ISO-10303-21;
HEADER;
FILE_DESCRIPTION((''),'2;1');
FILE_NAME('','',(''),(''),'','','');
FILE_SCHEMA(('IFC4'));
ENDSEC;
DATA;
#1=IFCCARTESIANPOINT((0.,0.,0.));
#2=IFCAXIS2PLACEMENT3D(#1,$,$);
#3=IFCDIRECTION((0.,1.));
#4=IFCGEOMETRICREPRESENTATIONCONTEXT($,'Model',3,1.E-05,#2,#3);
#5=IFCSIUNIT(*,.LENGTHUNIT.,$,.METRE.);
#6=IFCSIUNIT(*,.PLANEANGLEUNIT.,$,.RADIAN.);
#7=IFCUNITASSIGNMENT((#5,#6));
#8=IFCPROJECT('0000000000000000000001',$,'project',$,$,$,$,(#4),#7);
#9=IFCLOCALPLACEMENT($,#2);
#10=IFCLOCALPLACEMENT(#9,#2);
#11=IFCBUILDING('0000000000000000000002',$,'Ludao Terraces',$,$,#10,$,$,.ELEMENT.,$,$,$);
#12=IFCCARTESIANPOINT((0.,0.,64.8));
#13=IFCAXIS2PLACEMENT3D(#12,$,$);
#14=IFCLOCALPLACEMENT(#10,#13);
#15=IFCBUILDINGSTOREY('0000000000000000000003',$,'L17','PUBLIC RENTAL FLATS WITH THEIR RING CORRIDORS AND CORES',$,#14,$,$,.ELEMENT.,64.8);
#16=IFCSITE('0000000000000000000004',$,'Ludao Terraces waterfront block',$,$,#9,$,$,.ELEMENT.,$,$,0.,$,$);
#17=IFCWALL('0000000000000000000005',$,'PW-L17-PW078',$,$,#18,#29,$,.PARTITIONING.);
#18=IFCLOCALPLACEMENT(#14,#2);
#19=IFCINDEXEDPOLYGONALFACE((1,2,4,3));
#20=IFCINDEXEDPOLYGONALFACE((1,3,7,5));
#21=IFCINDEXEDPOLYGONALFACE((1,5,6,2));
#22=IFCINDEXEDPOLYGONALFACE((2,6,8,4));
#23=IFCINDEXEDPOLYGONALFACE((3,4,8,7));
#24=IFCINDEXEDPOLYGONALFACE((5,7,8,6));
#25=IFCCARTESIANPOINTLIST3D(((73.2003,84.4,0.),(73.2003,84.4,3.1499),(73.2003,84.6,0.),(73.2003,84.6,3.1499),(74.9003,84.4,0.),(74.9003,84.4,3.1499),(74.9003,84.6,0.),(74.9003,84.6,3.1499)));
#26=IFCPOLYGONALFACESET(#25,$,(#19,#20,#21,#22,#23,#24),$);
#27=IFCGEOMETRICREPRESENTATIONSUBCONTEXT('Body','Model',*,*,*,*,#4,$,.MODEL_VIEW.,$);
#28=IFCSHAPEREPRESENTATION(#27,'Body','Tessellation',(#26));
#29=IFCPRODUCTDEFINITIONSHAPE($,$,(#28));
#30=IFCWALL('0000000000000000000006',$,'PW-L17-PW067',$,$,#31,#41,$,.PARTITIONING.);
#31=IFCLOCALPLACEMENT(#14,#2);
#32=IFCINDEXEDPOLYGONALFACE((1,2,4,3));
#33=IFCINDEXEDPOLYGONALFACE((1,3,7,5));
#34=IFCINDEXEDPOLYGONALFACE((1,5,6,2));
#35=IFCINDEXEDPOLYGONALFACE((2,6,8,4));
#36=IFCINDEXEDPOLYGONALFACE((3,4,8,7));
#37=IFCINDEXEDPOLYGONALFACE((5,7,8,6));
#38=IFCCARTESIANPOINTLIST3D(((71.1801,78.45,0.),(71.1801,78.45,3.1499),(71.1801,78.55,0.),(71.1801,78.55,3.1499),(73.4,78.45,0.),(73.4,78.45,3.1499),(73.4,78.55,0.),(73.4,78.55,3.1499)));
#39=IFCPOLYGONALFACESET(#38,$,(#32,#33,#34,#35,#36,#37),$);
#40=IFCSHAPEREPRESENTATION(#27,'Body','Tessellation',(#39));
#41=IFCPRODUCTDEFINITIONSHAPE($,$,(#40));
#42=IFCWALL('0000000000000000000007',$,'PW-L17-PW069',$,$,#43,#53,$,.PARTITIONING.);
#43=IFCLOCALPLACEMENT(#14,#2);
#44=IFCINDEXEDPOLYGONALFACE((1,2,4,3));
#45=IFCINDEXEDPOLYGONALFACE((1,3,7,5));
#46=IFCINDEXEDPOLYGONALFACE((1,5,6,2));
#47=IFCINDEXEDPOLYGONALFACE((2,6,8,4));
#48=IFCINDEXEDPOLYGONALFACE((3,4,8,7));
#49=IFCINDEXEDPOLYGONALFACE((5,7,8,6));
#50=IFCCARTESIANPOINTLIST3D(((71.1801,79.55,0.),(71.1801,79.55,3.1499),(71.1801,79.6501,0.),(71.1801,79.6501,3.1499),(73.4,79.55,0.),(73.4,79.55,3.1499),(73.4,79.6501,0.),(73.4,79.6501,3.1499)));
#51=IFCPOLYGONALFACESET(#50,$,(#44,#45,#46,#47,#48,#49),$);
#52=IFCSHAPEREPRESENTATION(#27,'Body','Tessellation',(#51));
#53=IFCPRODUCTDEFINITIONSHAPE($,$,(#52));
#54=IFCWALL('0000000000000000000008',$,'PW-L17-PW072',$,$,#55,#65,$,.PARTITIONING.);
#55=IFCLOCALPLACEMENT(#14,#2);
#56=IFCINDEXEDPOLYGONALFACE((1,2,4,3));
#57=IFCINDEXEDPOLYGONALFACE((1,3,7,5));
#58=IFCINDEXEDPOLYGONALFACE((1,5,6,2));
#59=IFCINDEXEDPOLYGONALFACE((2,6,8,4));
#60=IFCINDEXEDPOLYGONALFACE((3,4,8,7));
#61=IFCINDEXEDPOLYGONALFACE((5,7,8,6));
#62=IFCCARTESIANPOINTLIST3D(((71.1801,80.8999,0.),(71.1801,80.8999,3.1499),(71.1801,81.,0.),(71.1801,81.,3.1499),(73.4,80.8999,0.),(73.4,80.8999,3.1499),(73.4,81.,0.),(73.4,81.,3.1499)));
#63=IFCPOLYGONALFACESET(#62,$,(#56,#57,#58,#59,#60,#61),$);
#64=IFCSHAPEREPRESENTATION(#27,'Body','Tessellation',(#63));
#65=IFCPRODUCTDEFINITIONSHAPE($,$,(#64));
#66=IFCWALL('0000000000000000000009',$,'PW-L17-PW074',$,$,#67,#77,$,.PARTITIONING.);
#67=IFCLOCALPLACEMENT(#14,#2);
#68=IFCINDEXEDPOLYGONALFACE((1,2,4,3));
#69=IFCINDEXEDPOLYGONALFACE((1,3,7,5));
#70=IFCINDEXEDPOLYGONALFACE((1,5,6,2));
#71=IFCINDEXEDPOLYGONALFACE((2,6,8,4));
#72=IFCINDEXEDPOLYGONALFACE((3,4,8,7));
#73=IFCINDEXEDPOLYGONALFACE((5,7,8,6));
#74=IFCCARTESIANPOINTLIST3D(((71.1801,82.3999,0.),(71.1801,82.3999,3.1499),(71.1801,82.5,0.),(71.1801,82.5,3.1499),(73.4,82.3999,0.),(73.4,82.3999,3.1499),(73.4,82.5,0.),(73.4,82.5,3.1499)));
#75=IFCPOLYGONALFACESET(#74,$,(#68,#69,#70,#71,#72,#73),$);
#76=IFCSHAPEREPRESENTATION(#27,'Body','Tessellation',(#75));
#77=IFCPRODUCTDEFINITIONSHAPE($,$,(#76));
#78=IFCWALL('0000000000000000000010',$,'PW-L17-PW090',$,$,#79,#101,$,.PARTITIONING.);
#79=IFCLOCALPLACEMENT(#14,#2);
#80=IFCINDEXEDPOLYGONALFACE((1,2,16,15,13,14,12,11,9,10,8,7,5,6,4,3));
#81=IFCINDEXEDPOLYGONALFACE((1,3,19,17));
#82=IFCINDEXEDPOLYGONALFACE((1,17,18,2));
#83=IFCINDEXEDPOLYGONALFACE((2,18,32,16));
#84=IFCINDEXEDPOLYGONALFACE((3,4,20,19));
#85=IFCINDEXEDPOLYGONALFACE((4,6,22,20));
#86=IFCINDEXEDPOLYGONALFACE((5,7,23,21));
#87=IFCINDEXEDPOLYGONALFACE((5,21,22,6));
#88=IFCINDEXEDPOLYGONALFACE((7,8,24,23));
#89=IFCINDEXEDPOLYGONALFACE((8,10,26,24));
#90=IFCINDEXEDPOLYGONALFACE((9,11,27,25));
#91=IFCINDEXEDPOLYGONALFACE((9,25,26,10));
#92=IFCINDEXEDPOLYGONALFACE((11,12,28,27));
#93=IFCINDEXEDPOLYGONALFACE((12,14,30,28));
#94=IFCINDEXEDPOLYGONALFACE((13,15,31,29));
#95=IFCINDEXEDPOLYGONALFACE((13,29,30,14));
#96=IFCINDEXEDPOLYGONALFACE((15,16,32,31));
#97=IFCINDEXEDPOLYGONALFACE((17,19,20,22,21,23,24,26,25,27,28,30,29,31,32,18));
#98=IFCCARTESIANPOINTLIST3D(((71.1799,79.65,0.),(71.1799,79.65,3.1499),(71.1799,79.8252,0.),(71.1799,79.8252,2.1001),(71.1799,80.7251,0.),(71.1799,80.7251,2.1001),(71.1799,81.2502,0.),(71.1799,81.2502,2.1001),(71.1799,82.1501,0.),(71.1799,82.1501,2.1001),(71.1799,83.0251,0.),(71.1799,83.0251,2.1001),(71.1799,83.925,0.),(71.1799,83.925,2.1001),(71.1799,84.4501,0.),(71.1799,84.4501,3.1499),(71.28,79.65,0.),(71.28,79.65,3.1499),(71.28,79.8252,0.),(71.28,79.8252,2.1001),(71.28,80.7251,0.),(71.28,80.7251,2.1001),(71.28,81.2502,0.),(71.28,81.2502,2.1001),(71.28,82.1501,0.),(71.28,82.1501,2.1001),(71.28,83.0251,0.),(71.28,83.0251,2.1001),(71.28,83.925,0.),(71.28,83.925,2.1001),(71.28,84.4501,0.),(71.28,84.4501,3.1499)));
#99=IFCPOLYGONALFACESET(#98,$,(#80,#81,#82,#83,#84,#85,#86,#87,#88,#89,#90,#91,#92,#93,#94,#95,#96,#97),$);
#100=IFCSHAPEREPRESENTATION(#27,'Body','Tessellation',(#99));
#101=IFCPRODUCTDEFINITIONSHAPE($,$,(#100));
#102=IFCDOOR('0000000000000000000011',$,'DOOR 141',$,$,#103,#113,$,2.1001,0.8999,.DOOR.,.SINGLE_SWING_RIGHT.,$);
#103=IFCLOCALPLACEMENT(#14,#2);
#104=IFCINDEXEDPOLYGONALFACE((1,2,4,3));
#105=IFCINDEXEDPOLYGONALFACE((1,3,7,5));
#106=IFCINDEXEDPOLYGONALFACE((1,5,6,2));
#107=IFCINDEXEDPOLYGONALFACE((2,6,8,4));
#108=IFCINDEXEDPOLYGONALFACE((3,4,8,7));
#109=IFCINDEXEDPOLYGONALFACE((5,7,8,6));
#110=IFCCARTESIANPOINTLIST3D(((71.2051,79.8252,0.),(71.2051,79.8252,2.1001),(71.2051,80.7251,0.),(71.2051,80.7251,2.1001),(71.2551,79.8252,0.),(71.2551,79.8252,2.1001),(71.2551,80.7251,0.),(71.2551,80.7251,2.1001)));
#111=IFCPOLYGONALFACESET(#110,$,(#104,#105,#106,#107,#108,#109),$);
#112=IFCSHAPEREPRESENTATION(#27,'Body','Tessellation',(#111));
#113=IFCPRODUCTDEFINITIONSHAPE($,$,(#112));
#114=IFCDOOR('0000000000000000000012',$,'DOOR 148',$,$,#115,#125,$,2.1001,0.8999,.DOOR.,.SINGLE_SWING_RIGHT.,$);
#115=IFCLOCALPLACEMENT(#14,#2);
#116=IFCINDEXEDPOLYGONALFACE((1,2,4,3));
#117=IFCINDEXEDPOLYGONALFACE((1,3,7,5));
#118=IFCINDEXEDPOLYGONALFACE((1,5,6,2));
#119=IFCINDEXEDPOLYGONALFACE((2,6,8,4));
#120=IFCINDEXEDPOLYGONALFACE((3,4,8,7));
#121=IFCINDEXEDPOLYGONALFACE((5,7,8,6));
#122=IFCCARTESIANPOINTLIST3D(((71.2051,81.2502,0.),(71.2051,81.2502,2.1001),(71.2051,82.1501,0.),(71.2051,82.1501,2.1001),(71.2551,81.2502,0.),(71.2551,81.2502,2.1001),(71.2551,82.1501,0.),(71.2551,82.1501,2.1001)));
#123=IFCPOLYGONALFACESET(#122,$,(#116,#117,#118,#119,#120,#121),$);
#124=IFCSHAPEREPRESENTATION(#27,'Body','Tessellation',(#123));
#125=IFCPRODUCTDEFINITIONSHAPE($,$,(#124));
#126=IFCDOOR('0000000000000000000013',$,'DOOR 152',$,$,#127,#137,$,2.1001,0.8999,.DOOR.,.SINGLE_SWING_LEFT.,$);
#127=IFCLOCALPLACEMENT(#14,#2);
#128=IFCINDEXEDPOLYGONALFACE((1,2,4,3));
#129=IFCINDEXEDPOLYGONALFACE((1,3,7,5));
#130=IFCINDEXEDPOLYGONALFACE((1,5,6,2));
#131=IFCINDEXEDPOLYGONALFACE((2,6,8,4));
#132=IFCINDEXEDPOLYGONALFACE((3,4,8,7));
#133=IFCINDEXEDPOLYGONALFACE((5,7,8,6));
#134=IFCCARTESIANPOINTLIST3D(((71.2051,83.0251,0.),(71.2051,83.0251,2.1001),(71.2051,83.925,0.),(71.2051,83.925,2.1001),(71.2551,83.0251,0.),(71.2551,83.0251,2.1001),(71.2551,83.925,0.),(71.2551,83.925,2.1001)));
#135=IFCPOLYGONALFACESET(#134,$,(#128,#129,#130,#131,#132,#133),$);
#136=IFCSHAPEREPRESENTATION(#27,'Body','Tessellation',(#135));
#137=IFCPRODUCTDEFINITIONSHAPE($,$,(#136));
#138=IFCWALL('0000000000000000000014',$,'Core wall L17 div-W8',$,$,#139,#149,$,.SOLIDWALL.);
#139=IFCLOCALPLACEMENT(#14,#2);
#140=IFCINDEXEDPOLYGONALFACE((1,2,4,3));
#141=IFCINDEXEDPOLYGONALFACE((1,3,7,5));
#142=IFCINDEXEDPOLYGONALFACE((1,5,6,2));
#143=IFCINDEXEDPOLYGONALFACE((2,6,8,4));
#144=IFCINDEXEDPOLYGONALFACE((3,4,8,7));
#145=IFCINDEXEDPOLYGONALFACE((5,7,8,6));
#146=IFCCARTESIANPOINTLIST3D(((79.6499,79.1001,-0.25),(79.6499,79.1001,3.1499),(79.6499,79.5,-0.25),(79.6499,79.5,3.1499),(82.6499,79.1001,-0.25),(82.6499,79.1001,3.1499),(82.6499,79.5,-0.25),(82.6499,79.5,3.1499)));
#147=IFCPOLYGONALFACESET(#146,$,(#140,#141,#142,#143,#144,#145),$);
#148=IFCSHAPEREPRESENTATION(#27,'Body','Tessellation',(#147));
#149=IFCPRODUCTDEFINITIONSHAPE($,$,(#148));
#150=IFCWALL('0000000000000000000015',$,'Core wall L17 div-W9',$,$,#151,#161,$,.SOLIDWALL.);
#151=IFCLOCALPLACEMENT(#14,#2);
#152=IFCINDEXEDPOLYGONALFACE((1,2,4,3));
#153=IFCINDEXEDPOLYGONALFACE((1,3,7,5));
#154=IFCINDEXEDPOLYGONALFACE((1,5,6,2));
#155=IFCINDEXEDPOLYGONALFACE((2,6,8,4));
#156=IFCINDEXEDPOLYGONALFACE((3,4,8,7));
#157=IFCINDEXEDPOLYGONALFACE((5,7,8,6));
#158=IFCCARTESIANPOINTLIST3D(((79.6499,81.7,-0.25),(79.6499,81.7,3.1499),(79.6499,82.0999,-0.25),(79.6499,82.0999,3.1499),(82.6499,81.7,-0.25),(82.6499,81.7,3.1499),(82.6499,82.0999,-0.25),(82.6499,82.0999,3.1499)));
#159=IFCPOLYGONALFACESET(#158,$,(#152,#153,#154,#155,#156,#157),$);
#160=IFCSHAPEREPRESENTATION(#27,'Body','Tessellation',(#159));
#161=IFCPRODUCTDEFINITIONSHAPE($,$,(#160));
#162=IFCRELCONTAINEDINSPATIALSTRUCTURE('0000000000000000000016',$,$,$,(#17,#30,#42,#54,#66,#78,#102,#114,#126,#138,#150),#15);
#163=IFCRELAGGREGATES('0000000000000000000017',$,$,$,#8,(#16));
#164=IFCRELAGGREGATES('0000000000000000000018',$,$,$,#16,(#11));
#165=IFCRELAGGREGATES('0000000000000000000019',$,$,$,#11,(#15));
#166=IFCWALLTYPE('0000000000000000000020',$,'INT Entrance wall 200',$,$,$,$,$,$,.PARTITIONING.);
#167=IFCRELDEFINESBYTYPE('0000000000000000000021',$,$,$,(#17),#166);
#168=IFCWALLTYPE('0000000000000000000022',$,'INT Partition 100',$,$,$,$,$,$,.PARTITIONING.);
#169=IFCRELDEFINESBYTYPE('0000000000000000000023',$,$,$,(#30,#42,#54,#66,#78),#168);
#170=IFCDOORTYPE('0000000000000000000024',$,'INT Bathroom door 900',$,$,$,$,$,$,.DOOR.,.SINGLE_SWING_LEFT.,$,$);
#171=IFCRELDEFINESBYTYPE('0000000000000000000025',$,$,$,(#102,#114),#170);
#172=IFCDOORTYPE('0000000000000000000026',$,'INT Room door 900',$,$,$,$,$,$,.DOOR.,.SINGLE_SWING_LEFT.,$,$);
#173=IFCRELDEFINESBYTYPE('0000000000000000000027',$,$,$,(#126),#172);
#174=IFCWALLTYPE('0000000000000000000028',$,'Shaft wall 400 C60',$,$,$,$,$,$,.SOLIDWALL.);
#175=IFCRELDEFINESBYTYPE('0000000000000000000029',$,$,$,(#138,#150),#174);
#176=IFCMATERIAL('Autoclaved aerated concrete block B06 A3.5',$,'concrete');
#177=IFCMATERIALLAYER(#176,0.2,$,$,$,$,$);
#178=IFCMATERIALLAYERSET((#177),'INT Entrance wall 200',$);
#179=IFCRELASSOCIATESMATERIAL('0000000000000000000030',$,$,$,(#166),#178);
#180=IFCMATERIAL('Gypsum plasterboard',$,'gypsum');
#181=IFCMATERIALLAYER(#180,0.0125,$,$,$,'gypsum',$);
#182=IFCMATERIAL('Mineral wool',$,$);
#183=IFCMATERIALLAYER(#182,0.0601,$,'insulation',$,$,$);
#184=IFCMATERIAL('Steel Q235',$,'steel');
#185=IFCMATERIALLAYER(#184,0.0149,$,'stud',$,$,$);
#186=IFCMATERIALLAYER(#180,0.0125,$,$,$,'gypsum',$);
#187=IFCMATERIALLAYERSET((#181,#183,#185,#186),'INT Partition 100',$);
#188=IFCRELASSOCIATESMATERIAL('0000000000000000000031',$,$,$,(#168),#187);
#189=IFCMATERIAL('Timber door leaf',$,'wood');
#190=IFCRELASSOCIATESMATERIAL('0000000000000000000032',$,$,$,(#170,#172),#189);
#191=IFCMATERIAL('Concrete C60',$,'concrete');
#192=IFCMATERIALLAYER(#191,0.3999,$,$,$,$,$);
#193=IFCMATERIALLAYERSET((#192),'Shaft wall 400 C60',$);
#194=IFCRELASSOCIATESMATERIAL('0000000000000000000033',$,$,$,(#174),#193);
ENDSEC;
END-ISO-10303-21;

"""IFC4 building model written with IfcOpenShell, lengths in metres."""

from ifc_helpers import new_model, si_unit, direction, frame, frame_2d, origin, place, context, subcontext, project, spatial, rectangle, extrude, material, layer, layer_set, type_object, element, fill, save


model = new_model("IFC4")

# Units and contexts
model_context = context("Model", 3, precision=1e-05, world=origin(), true_north=direction((0.0, 1.0)))
body_context = subcontext(model_context, "Body", "Model", "MODEL_VIEW")
ifc_project = project(units=[si_unit("LENGTHUNIT", "METRE"), si_unit("PLANEANGLEUNIT", "RADIAN")], contexts=[model_context])

# Site, building, storey
site_placement = place(None, origin())
site = spatial("IfcSite", under=ifc_project, at=site_placement, Name="Ludao Terraces waterfront block", CompositionType="ELEMENT", RefElevation=0.0)
building_placement = place(site_placement, origin())
building = spatial("IfcBuilding", under=site, at=building_placement, Name="Ludao Terraces", CompositionType="ELEMENT")
storey_placement = place(building_placement, frame((0.0, 0.0, 64.8)))
storey = spatial("IfcBuildingStorey", under=building, at=storey_placement, Name="L17", Description="PUBLIC RENTAL FLATS WITH THEIR RING CORRIDORS AND CORES", CompositionType="ELEMENT", Elevation=64.8)

# Walls
ifc_material_1 = material(Name="Autoclaved aerated concrete block B06 A3.5", Category="concrete")
ifc_layer_1 = layer(ifc_material_1, 0.2)
ifc_layer_set_1 = layer_set([ifc_layer_1], Name="INT Entrance wall 200")
wall_type_1 = type_object("IfcWallType", Name="INT Entrance wall 200", PredefinedType="PARTITIONING", material=ifc_layer_set_1)
wall_1_placement = place(storey_placement, frame((73.2002, 84.5, 0.0), z_axis=(0.0, 0.0, 1.0), x_axis=(1.0, 0.0, 0.0)))
element("IfcWall", 1, at=wall_1_placement, inside=storey, type_object=wall_type_1, Name="PW-L17-PW078", PredefinedType="PARTITIONING", context=body_context, shape_type="SweptSolid", body=[
    extrude(rectangle(XDim=1.7, YDim=0.2, at=frame_2d((0.8501, 0.0))), origin(), (0.0, 0.0, 1.0), 3.1499),
])
ifc_material_2 = material(Name="Gypsum plasterboard", Category="gypsum")
ifc_layer_2 = layer(ifc_material_2, 0.0125, Category="gypsum")
ifc_material_3 = material(Name="Mineral wool")
ifc_layer_3 = layer(ifc_material_3, 0.0601, Name="insulation")
ifc_material_4 = material(Name="Steel Q235", Category="steel")
ifc_layer_4 = layer(ifc_material_4, 0.0149, Name="stud")
ifc_layer_5 = layer(ifc_material_2, 0.0125, Category="gypsum")
ifc_layer_set_2 = layer_set([ifc_layer_2, ifc_layer_3, ifc_layer_4, ifc_layer_5], Name="INT Partition 100")
wall_type_2 = type_object("IfcWallType", Name="INT Partition 100", PredefinedType="PARTITIONING", material=ifc_layer_set_2)
for number, where, z_axis, x_axis, name in (
    (2, (71.1802, 78.5, 0.0), (0.0, 0.0, 1.0), (1.0, 0.0, 0.0), "PW-L17-PW067"),
    (3, (71.1802, 79.6001, 0.0), (0.0, 0.0, 1.0), (1.0, 0.0, 0.0), "PW-L17-PW069"),
    (4, (71.1802, 80.95, 0.0), (0.0, 0.0, 1.0), (1.0, 0.0, 0.0), "PW-L17-PW072"),
    (5, (71.1802, 82.45, 0.0), (0.0, 0.0, 1.0), (1.0, 0.0, 0.0), "PW-L17-PW074"),
):
    element("IfcWall", number, at=place(storey_placement, frame(where, z_axis=z_axis, x_axis=x_axis)), inside=storey, type_object=wall_type_2, Name=name, PredefinedType="PARTITIONING", context=body_context, shape_type="SweptSolid", body=[
        extrude(rectangle(XDim=2.22, YDim=0.1001, at=frame_2d((1.1099, 0.0))), origin(), (0.0, 0.0, 1.0), 3.1499),
    ])

# Wall, openings, doors
wall_2_placement = place(storey_placement, frame((71.23, 79.6501, 0.0), z_axis=(0.0, 0.0, 1.0), x_axis=(0.0, 1.0, 0.0)))
wall_2 = element("IfcWall", 6, at=wall_2_placement, inside=storey, type_object=wall_type_2, Name="PW-L17-PW090", PredefinedType="PARTITIONING", context=body_context, shape_type="SweptSolid", body=[
    extrude(rectangle(XDim=4.8, YDim=0.1001, at=frame_2d((2.3999, 0.0))), origin(), (0.0, 0.0, 1.0), 3.1499),
])
opening_1_placement = place(wall_2_placement, frame((0.175, 0.0, 0.0)))
opening_1 = element("IfcOpeningElement", 7, at=opening_1_placement, cuts=wall_2, PredefinedType="OPENING", context=body_context, shape_type="SweptSolid", body=[
    extrude(rectangle(XDim=0.8999, YDim=2.1001, at=frame_2d((0.45, 1.05))), frame((0.0, 0.0601, 0.0), z_axis=(0.0, -1.0, 0.0), x_axis=(1.0, 0.0, 0.0)), (0.0, 0.0, 1.0), 0.1201),
])
opening_2_placement = place(wall_2_placement, frame((1.6001, 0.0, 0.0)))
opening_2 = element("IfcOpeningElement", 8, at=opening_2_placement, cuts=wall_2, PredefinedType="OPENING", context=body_context, shape_type="SweptSolid", body=[
    extrude(rectangle(XDim=0.8999, YDim=2.1001, at=frame_2d((0.45, 1.05))), frame((0.0, 0.0601, 0.0), z_axis=(0.0, -1.0, 0.0), x_axis=(1.0, 0.0, 0.0)), (0.0, 0.0, 1.0), 0.1201),
])
opening_3_placement = place(wall_2_placement, frame((3.375, 0.0, 0.0)))
opening_3 = element("IfcOpeningElement", 9, at=opening_3_placement, cuts=wall_2, PredefinedType="OPENING", context=body_context, shape_type="SweptSolid", body=[
    extrude(rectangle(XDim=0.8999, YDim=2.1001, at=frame_2d((0.45, 1.05))), frame((0.0, 0.0601, 0.0), z_axis=(0.0, -1.0, 0.0), x_axis=(1.0, 0.0, 0.0)), (0.0, 0.0, 1.0), 0.1201),
])
ifc_material_5 = material(Name="Timber door leaf", Category="wood")
door_type_1 = type_object("IfcDoorType", Name="INT Bathroom door 900", OperationType="SINGLE_SWING_LEFT", PredefinedType="DOOR", material=ifc_material_5)
door_1_placement = place(opening_1_placement, origin())
door_1 = element("IfcDoor", 10, at=door_1_placement, inside=storey, type_object=door_type_1, Name="DOOR 141", OperationType="SINGLE_SWING_RIGHT", OverallHeight=2.1001, OverallWidth=0.8999, PredefinedType="DOOR", context=body_context, shape_type="SweptSolid", body=[
    extrude(rectangle(XDim=0.8999, YDim=2.1001, at=frame_2d((0.45, 1.05))), frame((0.0, 0.0249, 0.0), z_axis=(0.0, -1.0, 0.0), x_axis=(1.0, 0.0, 0.0)), (0.0, 0.0, 1.0), 0.05),
])
fill(opening_1, door_1)
door_2_placement = place(opening_2_placement, origin())
door_2 = element("IfcDoor", 11, at=door_2_placement, inside=storey, type_object=door_type_1, Name="DOOR 148", OperationType="SINGLE_SWING_RIGHT", OverallHeight=2.1001, OverallWidth=0.8999, PredefinedType="DOOR", context=body_context, shape_type="SweptSolid", body=[
    extrude(rectangle(XDim=0.8999, YDim=2.1001, at=frame_2d((0.45, 1.05))), frame((0.0, 0.0249, 0.0), z_axis=(0.0, -1.0, 0.0), x_axis=(1.0, 0.0, 0.0)), (0.0, 0.0, 1.0), 0.05),
])
fill(opening_2, door_2)
door_type_2 = type_object("IfcDoorType", Name="INT Room door 900", OperationType="SINGLE_SWING_LEFT", PredefinedType="DOOR", material=ifc_material_5)
door_3_placement = place(opening_3_placement, origin())
door_3 = element("IfcDoor", 12, at=door_3_placement, inside=storey, type_object=door_type_2, Name="DOOR 152", OperationType="SINGLE_SWING_LEFT", OverallHeight=2.1001, OverallWidth=0.8999, PredefinedType="DOOR", context=body_context, shape_type="SweptSolid", body=[
    extrude(rectangle(XDim=0.8999, YDim=2.1001, at=frame_2d((0.45, 1.05))), frame((0.0, 0.0249, 0.0), z_axis=(0.0, -1.0, 0.0), x_axis=(1.0, 0.0, 0.0)), (0.0, 0.0, 1.0), 0.05),
])
fill(opening_3, door_3)

# Walls
ifc_material_6 = material(Name="Concrete C60", Category="concrete")
ifc_layer_6 = layer(ifc_material_6, 0.3999)
ifc_layer_set_3 = layer_set([ifc_layer_6], Name="Shaft wall 400 C60")
wall_type_3 = type_object("IfcWallType", Name="Shaft wall 400 C60", PredefinedType="SOLIDWALL", material=ifc_layer_set_3)
for number, where, z_axis, x_axis, name in (
    (13, (79.6499, 79.3, -0.25), (0.0, 0.0, 1.0), (1.0, 0.0, 0.0), "Core wall L17 div-W8"),
    (14, (79.6499, 81.8999, -0.25), (0.0, 0.0, 1.0), (1.0, 0.0, 0.0), "Core wall L17 div-W9"),
):
    element("IfcWall", number, at=place(storey_placement, frame(where, z_axis=z_axis, x_axis=x_axis)), inside=storey, type_object=wall_type_3, Name=name, PredefinedType="SOLIDWALL", context=body_context, shape_type="SweptSolid", body=[
        extrude(rectangle(XDim=3.0, YDim=0.3999, at=frame_2d((1.5, 0.0))), origin(), (0.0, 0.0, 1.0), 3.3999),
    ])

save(model, "model.ifc")
